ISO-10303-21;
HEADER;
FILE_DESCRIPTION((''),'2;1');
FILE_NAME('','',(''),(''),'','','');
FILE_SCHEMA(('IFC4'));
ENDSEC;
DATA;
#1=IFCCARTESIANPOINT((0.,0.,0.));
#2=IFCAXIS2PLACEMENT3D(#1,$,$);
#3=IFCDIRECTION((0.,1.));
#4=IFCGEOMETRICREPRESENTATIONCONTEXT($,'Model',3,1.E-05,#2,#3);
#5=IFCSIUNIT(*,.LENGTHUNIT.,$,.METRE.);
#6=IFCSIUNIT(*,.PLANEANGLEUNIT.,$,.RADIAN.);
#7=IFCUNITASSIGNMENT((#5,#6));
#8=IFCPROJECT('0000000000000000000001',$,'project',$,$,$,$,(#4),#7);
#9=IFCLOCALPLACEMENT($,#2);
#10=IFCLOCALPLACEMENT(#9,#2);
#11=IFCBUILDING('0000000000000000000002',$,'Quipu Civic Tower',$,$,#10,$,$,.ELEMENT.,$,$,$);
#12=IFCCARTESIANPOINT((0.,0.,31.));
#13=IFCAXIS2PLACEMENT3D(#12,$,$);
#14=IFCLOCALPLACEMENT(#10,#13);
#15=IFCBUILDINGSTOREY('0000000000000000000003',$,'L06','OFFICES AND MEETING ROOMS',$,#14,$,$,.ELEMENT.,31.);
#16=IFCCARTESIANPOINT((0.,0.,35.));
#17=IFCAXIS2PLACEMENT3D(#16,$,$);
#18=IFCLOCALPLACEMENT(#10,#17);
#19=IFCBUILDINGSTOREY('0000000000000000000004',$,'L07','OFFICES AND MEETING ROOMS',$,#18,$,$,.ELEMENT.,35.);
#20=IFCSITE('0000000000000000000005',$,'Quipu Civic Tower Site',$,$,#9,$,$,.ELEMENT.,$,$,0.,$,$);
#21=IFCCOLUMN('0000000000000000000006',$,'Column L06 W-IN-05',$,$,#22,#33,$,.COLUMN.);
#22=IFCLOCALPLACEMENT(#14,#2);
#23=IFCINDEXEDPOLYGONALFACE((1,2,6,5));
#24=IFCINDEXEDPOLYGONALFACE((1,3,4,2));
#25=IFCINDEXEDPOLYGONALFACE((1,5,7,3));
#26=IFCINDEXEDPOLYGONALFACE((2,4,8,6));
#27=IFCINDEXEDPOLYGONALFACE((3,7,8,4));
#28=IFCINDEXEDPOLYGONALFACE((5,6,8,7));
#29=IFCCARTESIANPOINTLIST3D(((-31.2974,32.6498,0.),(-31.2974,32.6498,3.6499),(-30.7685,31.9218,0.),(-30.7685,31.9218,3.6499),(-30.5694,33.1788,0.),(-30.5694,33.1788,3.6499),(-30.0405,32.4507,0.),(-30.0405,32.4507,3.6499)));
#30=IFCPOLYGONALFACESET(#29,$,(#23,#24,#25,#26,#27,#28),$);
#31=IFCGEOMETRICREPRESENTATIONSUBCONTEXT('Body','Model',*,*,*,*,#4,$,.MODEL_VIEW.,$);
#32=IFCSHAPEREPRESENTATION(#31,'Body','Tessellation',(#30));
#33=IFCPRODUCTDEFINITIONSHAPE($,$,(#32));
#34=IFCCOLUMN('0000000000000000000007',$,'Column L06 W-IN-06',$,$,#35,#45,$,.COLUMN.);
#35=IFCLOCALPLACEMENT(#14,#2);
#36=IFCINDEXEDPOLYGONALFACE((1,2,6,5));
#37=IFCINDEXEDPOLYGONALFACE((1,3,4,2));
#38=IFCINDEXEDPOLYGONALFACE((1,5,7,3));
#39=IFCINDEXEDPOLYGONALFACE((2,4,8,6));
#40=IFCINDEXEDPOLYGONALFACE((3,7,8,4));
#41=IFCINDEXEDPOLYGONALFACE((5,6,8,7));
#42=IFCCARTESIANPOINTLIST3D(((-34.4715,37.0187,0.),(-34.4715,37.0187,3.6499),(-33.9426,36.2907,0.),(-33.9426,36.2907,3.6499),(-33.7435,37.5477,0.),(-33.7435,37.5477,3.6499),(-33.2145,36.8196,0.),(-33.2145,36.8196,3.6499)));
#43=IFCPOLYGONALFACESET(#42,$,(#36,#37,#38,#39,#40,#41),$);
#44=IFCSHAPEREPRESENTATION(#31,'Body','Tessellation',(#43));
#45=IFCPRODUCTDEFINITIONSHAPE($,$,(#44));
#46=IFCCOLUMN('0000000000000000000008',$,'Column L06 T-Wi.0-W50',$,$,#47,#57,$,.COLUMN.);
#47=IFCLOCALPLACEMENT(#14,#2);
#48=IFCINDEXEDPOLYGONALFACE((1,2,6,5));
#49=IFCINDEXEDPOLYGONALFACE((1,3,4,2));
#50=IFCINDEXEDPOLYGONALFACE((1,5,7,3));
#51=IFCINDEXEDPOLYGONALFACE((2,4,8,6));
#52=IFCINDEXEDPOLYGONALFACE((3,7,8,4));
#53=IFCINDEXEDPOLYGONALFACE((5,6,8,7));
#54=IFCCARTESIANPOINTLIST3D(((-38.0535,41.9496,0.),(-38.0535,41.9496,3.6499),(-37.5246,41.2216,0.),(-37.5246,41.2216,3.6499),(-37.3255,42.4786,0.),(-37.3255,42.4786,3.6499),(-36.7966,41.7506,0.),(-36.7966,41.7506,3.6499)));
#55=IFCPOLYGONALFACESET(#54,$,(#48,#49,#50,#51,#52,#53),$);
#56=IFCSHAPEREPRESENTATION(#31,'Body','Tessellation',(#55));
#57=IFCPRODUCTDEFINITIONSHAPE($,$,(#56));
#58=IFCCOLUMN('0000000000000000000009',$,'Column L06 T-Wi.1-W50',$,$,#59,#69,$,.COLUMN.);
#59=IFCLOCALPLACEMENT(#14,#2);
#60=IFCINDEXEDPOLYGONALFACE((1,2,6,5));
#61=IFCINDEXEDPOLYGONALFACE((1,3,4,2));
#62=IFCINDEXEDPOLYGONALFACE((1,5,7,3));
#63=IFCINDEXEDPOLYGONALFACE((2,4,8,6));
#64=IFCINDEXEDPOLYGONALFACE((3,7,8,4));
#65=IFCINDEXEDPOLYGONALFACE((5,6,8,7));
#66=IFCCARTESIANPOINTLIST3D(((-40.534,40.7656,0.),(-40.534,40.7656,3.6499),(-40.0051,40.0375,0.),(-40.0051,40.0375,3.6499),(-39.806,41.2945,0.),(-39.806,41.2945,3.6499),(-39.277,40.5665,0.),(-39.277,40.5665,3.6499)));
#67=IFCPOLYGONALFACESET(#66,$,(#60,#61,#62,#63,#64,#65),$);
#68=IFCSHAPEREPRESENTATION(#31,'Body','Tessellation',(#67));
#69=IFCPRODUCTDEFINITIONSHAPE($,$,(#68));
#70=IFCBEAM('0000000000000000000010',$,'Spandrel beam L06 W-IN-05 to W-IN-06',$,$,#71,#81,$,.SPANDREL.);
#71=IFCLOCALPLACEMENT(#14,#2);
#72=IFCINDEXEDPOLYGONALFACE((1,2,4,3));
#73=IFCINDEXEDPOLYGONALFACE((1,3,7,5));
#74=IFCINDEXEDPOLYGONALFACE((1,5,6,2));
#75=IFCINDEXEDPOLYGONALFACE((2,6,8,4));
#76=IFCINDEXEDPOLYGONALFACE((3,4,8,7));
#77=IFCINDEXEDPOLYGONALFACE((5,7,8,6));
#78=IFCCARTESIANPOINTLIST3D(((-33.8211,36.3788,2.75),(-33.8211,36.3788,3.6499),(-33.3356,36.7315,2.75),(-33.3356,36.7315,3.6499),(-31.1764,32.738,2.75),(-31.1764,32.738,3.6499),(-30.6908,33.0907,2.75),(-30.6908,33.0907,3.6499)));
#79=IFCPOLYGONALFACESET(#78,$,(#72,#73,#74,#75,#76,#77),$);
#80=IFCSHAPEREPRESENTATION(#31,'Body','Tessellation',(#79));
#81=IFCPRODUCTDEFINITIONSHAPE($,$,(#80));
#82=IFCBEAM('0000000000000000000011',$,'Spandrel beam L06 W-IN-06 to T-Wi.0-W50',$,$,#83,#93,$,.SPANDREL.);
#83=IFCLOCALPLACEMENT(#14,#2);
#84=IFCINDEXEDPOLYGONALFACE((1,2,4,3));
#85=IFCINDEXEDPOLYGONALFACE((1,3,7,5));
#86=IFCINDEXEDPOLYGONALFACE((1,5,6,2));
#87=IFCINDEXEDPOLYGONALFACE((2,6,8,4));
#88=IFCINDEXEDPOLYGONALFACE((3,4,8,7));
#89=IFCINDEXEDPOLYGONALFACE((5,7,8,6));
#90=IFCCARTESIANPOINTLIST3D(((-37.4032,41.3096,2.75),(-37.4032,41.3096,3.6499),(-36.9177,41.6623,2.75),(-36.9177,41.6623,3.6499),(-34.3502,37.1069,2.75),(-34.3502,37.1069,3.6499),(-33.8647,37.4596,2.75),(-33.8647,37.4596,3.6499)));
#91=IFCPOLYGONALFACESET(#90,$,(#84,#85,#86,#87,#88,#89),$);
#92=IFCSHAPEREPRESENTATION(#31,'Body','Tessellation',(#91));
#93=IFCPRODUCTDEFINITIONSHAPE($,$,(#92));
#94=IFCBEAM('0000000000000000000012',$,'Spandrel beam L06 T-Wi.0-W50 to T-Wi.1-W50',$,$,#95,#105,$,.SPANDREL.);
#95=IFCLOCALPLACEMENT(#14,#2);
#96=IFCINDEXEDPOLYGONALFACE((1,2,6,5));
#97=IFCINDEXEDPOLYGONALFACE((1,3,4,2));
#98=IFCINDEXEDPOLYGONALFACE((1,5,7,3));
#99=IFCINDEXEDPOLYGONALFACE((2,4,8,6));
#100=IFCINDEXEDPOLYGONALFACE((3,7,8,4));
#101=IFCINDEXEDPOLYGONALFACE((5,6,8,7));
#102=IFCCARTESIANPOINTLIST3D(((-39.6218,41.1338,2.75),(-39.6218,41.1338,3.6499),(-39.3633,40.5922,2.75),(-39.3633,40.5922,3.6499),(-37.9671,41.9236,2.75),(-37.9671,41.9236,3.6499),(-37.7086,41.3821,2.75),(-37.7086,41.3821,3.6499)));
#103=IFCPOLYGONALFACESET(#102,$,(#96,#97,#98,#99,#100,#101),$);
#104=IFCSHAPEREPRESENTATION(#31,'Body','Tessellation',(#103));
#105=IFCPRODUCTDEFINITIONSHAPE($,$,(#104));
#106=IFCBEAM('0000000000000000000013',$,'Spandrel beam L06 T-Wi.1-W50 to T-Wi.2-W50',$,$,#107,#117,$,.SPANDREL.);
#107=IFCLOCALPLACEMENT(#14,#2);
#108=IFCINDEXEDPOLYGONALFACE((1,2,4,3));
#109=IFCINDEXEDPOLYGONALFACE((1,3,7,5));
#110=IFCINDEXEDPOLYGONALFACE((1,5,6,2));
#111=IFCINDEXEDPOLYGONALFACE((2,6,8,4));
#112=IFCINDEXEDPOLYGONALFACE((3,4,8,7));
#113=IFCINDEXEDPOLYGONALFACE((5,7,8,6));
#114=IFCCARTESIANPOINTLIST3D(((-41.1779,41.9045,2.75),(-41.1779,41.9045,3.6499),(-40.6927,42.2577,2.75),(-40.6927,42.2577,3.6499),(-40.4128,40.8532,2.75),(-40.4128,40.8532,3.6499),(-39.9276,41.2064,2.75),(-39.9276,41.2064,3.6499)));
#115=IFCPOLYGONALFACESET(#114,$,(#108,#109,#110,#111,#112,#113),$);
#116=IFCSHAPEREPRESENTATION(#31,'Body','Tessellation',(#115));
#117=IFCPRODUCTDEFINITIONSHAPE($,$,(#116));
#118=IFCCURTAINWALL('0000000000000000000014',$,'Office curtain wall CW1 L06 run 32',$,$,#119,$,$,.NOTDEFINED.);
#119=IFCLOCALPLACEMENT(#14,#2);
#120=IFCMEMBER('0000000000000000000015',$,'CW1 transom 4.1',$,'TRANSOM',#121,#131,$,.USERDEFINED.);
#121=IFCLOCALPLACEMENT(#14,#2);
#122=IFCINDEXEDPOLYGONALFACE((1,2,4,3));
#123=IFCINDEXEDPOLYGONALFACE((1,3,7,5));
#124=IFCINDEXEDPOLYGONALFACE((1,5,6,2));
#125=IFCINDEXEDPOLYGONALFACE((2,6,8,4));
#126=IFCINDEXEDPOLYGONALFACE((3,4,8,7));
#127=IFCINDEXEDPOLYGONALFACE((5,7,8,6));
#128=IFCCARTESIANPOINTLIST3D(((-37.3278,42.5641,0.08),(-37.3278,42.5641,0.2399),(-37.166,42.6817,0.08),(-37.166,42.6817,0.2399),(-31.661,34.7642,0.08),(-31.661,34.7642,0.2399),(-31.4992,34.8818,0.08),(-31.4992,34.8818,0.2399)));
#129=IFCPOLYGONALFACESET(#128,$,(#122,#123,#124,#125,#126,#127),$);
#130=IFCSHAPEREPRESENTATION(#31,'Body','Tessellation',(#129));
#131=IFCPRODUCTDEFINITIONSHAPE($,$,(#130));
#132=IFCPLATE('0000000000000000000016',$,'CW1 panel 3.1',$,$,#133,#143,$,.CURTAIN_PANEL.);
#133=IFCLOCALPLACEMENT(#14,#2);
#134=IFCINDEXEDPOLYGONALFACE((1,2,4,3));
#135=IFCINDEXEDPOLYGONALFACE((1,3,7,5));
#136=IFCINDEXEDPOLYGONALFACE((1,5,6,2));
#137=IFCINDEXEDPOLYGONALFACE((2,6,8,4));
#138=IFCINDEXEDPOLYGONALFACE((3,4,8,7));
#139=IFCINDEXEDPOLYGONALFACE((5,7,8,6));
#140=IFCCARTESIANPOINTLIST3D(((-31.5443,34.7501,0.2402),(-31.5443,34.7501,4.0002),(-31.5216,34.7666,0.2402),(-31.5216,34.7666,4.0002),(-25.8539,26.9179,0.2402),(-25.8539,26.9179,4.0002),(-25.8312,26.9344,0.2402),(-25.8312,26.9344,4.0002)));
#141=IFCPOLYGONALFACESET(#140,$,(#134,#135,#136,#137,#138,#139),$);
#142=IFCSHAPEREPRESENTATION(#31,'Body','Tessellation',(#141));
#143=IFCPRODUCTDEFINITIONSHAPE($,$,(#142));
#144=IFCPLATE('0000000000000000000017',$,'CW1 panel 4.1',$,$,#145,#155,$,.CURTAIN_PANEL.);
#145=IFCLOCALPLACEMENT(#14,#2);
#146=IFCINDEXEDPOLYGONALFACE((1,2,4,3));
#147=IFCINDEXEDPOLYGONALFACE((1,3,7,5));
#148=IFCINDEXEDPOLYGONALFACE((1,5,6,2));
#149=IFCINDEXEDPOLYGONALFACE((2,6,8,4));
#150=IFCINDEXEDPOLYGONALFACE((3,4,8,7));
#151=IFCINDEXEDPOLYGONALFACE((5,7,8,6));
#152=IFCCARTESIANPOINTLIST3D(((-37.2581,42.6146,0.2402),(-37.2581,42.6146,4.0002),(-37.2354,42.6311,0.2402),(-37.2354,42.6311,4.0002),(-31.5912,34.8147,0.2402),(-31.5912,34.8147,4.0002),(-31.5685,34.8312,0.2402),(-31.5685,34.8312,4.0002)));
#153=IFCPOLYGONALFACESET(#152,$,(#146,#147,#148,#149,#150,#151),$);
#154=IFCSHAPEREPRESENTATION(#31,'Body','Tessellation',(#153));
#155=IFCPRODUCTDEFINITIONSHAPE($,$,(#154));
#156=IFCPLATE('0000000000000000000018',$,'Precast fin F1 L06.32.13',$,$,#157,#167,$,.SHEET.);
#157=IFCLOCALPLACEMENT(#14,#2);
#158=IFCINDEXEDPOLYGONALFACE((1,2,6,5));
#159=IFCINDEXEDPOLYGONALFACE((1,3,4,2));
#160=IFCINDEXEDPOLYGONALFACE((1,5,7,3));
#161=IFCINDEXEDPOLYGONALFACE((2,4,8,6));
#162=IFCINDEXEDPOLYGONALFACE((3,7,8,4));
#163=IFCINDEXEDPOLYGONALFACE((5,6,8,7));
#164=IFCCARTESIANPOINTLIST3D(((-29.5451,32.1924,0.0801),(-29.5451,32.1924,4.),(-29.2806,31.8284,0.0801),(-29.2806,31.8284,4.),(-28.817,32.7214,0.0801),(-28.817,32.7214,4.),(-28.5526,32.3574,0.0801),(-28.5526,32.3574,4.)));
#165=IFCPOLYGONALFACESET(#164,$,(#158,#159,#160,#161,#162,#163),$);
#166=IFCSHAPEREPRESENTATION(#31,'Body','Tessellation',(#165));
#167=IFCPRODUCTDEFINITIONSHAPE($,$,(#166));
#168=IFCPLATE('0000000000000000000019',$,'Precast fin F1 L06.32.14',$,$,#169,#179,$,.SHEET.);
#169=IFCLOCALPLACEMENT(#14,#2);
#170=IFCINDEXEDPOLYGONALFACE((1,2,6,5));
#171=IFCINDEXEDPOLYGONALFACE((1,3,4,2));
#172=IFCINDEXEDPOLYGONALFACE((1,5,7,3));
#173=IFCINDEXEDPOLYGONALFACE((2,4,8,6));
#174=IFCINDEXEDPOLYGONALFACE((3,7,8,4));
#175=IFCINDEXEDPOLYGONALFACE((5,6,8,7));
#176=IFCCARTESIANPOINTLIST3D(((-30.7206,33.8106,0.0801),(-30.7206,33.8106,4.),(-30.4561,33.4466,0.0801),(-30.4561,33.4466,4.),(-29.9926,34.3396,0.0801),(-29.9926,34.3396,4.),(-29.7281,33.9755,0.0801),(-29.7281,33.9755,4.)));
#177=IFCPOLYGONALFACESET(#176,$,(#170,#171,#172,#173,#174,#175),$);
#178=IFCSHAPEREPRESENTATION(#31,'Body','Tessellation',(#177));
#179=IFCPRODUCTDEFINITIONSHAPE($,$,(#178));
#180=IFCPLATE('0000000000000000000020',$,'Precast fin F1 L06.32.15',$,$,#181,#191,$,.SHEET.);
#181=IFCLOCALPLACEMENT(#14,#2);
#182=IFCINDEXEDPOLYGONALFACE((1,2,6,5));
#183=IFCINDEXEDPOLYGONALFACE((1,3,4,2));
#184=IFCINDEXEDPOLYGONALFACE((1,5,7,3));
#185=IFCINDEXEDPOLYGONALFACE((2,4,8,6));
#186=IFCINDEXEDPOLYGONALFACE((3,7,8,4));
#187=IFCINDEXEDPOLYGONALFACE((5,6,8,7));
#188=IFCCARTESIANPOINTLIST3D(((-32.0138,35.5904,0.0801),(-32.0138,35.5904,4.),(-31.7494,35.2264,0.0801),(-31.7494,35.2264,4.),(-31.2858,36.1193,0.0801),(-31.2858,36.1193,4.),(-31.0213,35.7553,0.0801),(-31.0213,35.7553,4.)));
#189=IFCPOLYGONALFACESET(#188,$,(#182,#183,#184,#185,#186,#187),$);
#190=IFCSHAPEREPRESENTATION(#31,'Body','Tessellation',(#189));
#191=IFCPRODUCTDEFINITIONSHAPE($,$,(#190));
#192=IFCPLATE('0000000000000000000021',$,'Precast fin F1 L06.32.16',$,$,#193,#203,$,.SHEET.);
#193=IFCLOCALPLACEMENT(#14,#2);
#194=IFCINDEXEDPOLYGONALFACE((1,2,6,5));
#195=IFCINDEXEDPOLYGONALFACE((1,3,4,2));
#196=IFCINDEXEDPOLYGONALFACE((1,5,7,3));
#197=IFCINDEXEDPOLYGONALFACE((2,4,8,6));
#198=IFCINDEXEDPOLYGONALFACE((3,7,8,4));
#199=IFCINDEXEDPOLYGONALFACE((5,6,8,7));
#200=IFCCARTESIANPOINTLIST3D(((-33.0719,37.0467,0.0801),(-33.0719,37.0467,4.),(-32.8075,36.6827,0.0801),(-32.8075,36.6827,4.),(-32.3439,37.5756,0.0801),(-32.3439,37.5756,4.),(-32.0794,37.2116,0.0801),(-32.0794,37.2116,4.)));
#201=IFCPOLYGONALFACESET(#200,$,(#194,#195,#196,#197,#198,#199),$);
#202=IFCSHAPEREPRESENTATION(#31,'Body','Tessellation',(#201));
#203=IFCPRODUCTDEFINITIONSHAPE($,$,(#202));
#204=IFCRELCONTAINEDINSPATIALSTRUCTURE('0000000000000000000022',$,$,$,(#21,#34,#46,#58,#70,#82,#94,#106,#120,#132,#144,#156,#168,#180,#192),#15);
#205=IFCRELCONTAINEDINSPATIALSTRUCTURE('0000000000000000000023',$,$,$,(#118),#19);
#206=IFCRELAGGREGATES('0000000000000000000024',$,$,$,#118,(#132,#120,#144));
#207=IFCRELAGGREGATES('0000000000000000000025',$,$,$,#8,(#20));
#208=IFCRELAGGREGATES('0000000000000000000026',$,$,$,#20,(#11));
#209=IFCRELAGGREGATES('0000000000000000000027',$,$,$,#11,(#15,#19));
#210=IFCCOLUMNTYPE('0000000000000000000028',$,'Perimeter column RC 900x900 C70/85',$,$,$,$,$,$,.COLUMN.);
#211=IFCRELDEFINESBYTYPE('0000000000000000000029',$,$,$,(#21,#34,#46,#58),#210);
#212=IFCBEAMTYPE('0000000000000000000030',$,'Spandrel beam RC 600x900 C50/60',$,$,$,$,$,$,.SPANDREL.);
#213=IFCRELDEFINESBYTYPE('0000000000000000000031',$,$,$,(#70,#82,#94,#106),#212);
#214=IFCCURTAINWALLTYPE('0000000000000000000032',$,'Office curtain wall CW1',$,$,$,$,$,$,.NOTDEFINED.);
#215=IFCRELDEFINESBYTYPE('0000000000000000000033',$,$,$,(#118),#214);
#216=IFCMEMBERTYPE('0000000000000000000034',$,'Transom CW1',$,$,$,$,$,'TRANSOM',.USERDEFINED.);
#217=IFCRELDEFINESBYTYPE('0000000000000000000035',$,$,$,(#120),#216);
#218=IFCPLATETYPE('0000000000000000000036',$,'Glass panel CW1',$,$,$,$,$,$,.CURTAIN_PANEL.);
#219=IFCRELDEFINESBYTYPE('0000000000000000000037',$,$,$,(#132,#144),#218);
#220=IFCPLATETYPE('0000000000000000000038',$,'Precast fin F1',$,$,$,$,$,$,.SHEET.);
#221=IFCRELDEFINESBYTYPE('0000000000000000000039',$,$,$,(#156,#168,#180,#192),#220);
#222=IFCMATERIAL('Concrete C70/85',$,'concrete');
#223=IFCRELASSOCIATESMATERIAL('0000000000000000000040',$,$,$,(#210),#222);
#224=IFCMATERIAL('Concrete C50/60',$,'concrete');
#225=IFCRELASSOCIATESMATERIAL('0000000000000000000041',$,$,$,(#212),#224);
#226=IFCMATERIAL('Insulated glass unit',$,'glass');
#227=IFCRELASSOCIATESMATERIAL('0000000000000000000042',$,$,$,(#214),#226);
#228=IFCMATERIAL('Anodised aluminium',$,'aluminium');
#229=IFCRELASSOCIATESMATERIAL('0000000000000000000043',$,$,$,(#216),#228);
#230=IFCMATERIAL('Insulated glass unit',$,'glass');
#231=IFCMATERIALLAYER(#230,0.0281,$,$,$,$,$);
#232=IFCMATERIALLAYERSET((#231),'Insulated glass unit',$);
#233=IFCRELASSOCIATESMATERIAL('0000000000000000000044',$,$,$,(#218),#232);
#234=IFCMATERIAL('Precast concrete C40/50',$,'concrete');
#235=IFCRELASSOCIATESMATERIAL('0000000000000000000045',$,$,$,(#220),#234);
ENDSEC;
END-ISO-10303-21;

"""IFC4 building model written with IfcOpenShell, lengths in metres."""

from ifc_helpers import new_model, si_unit, direction, frame, origin, origin_2d, place, context, subcontext, project, spatial, rectangle, extrude, material, layer, layer_set, material_profile, profile_set, type_object, element, aggregate, save


model = new_model("IFC4")

# Units and contexts
model_context = context("Model", 3, precision=1e-05, world=origin(), true_north=direction((0.0, 1.0)))
body_context = subcontext(model_context, "Body", "Model", "MODEL_VIEW")
ifc_project = project(units=[si_unit("LENGTHUNIT", "METRE"), si_unit("PLANEANGLEUNIT", "RADIAN")], contexts=[model_context])

# Site, building, storey
site_placement = place(None, origin())
site = spatial("IfcSite", under=ifc_project, at=site_placement, Name="Quipu Civic Tower Site", CompositionType="ELEMENT", RefElevation=0.0)
building_placement = place(site_placement, origin())
building = spatial("IfcBuilding", under=site, at=building_placement, Name="Quipu Civic Tower", CompositionType="ELEMENT")
storey_1_placement = place(building_placement, frame((0.0, 0.0, 31.0)))
storey_1 = spatial("IfcBuildingStorey", under=building, at=storey_1_placement, Name="L06", Description="OFFICES AND MEETING ROOMS", CompositionType="ELEMENT", Elevation=31.0)

# Columns
ifc_material_1 = material(Name="Concrete C70/85", Category="concrete")
ifc_material_profile_1 = material_profile(ifc_material_1, rectangle(XDim=0.8999, YDim=0.8999, at=origin_2d()), Name="RC900x900")
ifc_profile_set_1 = profile_set([ifc_material_profile_1], Name="Concrete C70/85")
column_type = type_object("IfcColumnType", Name="Perimeter column RC 900x900 C70/85", PredefinedType="COLUMN", material=ifc_profile_set_1)
for number, where, z_axis, x_axis, name in (
    (1, (-30.6689, 32.5503, 0.0), (0.0, 0.0, 1.0), (-0.587785, 0.809017, 0.0), "Column L06 W-IN-05"),
    (2, (-33.843, 36.9192, 0.0), (0.0, 0.0, 1.0), (-0.587785, 0.809017, 0.0), "Column L06 W-IN-06"),
    (3, (-37.425, 41.8501, 0.0), (0.0, 0.0, 1.0), (-0.587785, 0.809017, 0.0), "Column L06 T-Wi.0-W50"),
    (4, (-39.9055, 40.666, 0.0), (0.0, 0.0, 1.0), (-0.587785, 0.809017, 0.0), "Column L06 T-Wi.1-W50"),
):
    element("IfcColumn", number, at=place(storey_1_placement, frame(where, z_axis=z_axis, x_axis=x_axis)), inside=storey_1, type_object=column_type, Name=name, PredefinedType="COLUMN", context=body_context, shape_type="SweptSolid", body=[
        extrude(rectangle(XDim=0.8999, YDim=0.8999, at=origin_2d()), origin(), (0.0, 0.0, 1.0), 3.6499),
    ])

# Beams
ifc_material_2 = material(Name="Concrete C50/60", Category="concrete")
ifc_material_profile_2 = material_profile(ifc_material_2, rectangle(XDim=0.6001, YDim=0.8999, at=origin_2d()), Name="RC600x900")
ifc_profile_set_2 = profile_set([ifc_material_profile_2], Name="Concrete C50/60")
beam_type = type_object("IfcBeamType", Name="Spandrel beam RC 600x900 C50/60", PredefinedType="SPANDREL", material=ifc_profile_set_2)
beam_1_placement = place(storey_1_placement, frame((-30.9336, 32.9143, 3.2), z_axis=(-0.587717, 0.809067, 0.0), x_axis=(-0.809067, -0.587717, 0.0)))
element("IfcBeam", 5, at=beam_1_placement, inside=storey_1, type_object=beam_type, Name="Spandrel beam L06 W-IN-05 to W-IN-06", PredefinedType="SPANDREL", context=body_context, shape_type="SweptSolid", body=[
    extrude(rectangle(XDim=0.6001, YDim=0.8999, at=origin_2d()), origin(), (0.0, 0.0, 1.0), 4.5),
])
beam_2_placement = place(storey_1_placement, frame((-34.1074, 37.2832, 3.2), z_axis=(-0.587733, 0.809055, 0.0), x_axis=(-0.809055, -0.587733, 0.0)))
element("IfcBeam", 6, at=beam_2_placement, inside=storey_1, type_object=beam_type, Name="Spandrel beam L06 W-IN-06 to T-Wi.0-W50", PredefinedType="SPANDREL", context=body_context, shape_type="SweptSolid", body=[
    extrude(rectangle(XDim=0.6001, YDim=0.8999, at=origin_2d()), origin(), (0.0, 0.0, 1.0), 5.1946),
])
beam_3_placement = place(storey_1_placement, frame((-37.8379, 41.6528, 3.2), z_axis=(-0.902454, -0.430786, 0.0), x_axis=(0.430786, -0.902454, 0.0)))
element("IfcBeam", 7, at=beam_3_placement, inside=storey_1, type_object=beam_type, Name="Spandrel beam L06 T-Wi.0-W50 to T-Wi.1-W50", PredefinedType="SPANDREL", context=body_context, shape_type="SweptSolid", body=[
    extrude(rectangle(XDim=0.6001, YDim=0.8999, at=origin_2d()), origin(), (0.0, 0.0, 1.0), 1.8335),
])
beam_4_placement = place(storey_1_placement, frame((-40.1702, 41.0298, 3.2), z_axis=(-0.588462, 0.808525, 0.0), x_axis=(-0.808525, -0.588462, 0.0)))
element("IfcBeam", 8, at=beam_4_placement, inside=storey_1, type_object=beam_type, Name="Spandrel beam L06 T-Wi.1-W50 to T-Wi.2-W50", PredefinedType="SPANDREL", context=body_context, shape_type="SweptSolid", body=[
    extrude(rectangle(XDim=0.6001, YDim=0.8999, at=origin_2d()), origin(), (0.0, 0.0, 1.0), 1.3003),
])

# Shared definitions
storey_2_placement = place(building_placement, frame((0.0, 0.0, 35.0)))
storey_2 = spatial("IfcBuildingStorey", under=building, at=storey_2_placement, Name="L07", Description="OFFICES AND MEETING ROOMS", CompositionType="ELEMENT", Elevation=35.0)

# Curtain wall, member, plates
ifc_material_3 = material(Name="Insulated glass unit", Category="glass")
curtain_wall_type = type_object("IfcCurtainWallType", Name="Office curtain wall CW1", PredefinedType="NOTDEFINED", material=ifc_material_3)
curtain_wall_placement = place(storey_2_placement, origin())
curtain_wall = element("IfcCurtainWall", 9, at=curtain_wall_placement, inside=storey_2, type_object=curtain_wall_type, Name="Office curtain wall CW1 L06 run 32", PredefinedType="NOTDEFINED")
ifc_material_4 = material(Name="Anodised aluminium", Category="aluminium")
ifc_material_profile_3 = material_profile(ifc_material_4, rectangle(XDim=0.2, YDim=0.1599, at=origin_2d()), Name="RECT 200x160")
ifc_profile_set_3 = profile_set([ifc_material_profile_3], Name="Anodised aluminium")
member_type = type_object("IfcMemberType", Name="Transom CW1", ElementType="TRANSOM", PredefinedType="USERDEFINED", material=ifc_profile_set_3)
member_placement = place(storey_1_placement, frame((-31.5801, 34.823, 0.1599), z_axis=(-0.587776, 0.809024, 0.0), x_axis=(-0.809024, -0.587776, 0.0)))
member = element("IfcMember", 10, at=member_placement, inside=storey_1, type_object=member_type, Name="CW1 transom 4.1", ObjectType="TRANSOM", PredefinedType="USERDEFINED", context=body_context, shape_type="SweptSolid", body=[
    extrude(rectangle(XDim=0.2, YDim=0.1599, at=origin_2d()), origin(), (0.0, 0.0, 1.0), 9.6411),
])
ifc_material_5 = material(Name="Insulated glass unit", Category="glass")
ifc_layer_1 = layer(ifc_material_5, 0.0281)
ifc_layer_set_1 = layer_set([ifc_layer_1], Name="Insulated glass unit")
plate_type_1 = type_object("IfcPlateType", Name="Glass panel CW1", PredefinedType="CURTAIN_PANEL", material=ifc_layer_set_1)
plate_1_placement = place(storey_1_placement, frame((-28.6877, 30.8423, 0.2402), z_axis=(0.0, 0.0, 1.0), x_axis=(-0.587786, 0.809017, 0.0)))
plate_1 = element("IfcPlate", 11, at=plate_1_placement, inside=storey_1, type_object=plate_type_1, Name="CW1 panel 3.1", PredefinedType="CURTAIN_PANEL", context=body_context, shape_type="SweptSolid", body=[
    extrude(rectangle(XDim=9.6812, YDim=0.0281, at=origin_2d()), origin(), (0.0, 0.0, 1.0), 3.76),
])
plate_2_placement = place(storey_1_placement, frame((-34.4133, 38.7229, 0.2402), z_axis=(0.0, 0.0, 1.0), x_axis=(-0.587786, 0.809017, 0.0)))
plate_2 = element("IfcPlate", 12, at=plate_2_placement, inside=storey_1, type_object=plate_type_1, Name="CW1 panel 4.1", PredefinedType="CURTAIN_PANEL", context=body_context, shape_type="SweptSolid", body=[
    extrude(rectangle(XDim=9.6411, YDim=0.0281, at=origin_2d()), origin(), (0.0, 0.0, 1.0), 3.76),
])
aggregate(curtain_wall, [plate_1, member, plate_2])

# Plates
ifc_material_6 = material(Name="Precast concrete C40/50", Category="concrete")
plate_type_2 = type_object("IfcPlateType", Name="Precast fin F1", PredefinedType="SHEET", material=ifc_material_6)
for number, where, z_axis, x_axis, name in (
    (13, (-29.0488, 32.2749, 0.0801), (0.0, 0.0, 1.0), (-0.587785, 0.809017, 0.0), "Precast fin F1 L06.32.13"),
    (14, (-30.2244, 33.8931, 0.0801), (0.0, 0.0, 1.0), (-0.587785, 0.809017, 0.0), "Precast fin F1 L06.32.14"),
    (15, (-31.5176, 35.6729, 0.0801), (0.0, 0.0, 1.0), (-0.587785, 0.809017, 0.0), "Precast fin F1 L06.32.15"),
    (16, (-32.5757, 37.1292, 0.0801), (0.0, 0.0, 1.0), (-0.587785, 0.809017, 0.0), "Precast fin F1 L06.32.16"),
):
    element("IfcPlate", number, at=place(storey_1_placement, frame(where, z_axis=z_axis, x_axis=x_axis)), inside=storey_1, type_object=plate_type_2, Name=name, PredefinedType="SHEET", context=body_context, shape_type="SweptSolid", body=[
        extrude(rectangle(XDim=0.45, YDim=0.8999, at=origin_2d()), origin(), (0.0, 0.0, 1.0), 3.9199),
    ])

save(model, "model.ifc")
